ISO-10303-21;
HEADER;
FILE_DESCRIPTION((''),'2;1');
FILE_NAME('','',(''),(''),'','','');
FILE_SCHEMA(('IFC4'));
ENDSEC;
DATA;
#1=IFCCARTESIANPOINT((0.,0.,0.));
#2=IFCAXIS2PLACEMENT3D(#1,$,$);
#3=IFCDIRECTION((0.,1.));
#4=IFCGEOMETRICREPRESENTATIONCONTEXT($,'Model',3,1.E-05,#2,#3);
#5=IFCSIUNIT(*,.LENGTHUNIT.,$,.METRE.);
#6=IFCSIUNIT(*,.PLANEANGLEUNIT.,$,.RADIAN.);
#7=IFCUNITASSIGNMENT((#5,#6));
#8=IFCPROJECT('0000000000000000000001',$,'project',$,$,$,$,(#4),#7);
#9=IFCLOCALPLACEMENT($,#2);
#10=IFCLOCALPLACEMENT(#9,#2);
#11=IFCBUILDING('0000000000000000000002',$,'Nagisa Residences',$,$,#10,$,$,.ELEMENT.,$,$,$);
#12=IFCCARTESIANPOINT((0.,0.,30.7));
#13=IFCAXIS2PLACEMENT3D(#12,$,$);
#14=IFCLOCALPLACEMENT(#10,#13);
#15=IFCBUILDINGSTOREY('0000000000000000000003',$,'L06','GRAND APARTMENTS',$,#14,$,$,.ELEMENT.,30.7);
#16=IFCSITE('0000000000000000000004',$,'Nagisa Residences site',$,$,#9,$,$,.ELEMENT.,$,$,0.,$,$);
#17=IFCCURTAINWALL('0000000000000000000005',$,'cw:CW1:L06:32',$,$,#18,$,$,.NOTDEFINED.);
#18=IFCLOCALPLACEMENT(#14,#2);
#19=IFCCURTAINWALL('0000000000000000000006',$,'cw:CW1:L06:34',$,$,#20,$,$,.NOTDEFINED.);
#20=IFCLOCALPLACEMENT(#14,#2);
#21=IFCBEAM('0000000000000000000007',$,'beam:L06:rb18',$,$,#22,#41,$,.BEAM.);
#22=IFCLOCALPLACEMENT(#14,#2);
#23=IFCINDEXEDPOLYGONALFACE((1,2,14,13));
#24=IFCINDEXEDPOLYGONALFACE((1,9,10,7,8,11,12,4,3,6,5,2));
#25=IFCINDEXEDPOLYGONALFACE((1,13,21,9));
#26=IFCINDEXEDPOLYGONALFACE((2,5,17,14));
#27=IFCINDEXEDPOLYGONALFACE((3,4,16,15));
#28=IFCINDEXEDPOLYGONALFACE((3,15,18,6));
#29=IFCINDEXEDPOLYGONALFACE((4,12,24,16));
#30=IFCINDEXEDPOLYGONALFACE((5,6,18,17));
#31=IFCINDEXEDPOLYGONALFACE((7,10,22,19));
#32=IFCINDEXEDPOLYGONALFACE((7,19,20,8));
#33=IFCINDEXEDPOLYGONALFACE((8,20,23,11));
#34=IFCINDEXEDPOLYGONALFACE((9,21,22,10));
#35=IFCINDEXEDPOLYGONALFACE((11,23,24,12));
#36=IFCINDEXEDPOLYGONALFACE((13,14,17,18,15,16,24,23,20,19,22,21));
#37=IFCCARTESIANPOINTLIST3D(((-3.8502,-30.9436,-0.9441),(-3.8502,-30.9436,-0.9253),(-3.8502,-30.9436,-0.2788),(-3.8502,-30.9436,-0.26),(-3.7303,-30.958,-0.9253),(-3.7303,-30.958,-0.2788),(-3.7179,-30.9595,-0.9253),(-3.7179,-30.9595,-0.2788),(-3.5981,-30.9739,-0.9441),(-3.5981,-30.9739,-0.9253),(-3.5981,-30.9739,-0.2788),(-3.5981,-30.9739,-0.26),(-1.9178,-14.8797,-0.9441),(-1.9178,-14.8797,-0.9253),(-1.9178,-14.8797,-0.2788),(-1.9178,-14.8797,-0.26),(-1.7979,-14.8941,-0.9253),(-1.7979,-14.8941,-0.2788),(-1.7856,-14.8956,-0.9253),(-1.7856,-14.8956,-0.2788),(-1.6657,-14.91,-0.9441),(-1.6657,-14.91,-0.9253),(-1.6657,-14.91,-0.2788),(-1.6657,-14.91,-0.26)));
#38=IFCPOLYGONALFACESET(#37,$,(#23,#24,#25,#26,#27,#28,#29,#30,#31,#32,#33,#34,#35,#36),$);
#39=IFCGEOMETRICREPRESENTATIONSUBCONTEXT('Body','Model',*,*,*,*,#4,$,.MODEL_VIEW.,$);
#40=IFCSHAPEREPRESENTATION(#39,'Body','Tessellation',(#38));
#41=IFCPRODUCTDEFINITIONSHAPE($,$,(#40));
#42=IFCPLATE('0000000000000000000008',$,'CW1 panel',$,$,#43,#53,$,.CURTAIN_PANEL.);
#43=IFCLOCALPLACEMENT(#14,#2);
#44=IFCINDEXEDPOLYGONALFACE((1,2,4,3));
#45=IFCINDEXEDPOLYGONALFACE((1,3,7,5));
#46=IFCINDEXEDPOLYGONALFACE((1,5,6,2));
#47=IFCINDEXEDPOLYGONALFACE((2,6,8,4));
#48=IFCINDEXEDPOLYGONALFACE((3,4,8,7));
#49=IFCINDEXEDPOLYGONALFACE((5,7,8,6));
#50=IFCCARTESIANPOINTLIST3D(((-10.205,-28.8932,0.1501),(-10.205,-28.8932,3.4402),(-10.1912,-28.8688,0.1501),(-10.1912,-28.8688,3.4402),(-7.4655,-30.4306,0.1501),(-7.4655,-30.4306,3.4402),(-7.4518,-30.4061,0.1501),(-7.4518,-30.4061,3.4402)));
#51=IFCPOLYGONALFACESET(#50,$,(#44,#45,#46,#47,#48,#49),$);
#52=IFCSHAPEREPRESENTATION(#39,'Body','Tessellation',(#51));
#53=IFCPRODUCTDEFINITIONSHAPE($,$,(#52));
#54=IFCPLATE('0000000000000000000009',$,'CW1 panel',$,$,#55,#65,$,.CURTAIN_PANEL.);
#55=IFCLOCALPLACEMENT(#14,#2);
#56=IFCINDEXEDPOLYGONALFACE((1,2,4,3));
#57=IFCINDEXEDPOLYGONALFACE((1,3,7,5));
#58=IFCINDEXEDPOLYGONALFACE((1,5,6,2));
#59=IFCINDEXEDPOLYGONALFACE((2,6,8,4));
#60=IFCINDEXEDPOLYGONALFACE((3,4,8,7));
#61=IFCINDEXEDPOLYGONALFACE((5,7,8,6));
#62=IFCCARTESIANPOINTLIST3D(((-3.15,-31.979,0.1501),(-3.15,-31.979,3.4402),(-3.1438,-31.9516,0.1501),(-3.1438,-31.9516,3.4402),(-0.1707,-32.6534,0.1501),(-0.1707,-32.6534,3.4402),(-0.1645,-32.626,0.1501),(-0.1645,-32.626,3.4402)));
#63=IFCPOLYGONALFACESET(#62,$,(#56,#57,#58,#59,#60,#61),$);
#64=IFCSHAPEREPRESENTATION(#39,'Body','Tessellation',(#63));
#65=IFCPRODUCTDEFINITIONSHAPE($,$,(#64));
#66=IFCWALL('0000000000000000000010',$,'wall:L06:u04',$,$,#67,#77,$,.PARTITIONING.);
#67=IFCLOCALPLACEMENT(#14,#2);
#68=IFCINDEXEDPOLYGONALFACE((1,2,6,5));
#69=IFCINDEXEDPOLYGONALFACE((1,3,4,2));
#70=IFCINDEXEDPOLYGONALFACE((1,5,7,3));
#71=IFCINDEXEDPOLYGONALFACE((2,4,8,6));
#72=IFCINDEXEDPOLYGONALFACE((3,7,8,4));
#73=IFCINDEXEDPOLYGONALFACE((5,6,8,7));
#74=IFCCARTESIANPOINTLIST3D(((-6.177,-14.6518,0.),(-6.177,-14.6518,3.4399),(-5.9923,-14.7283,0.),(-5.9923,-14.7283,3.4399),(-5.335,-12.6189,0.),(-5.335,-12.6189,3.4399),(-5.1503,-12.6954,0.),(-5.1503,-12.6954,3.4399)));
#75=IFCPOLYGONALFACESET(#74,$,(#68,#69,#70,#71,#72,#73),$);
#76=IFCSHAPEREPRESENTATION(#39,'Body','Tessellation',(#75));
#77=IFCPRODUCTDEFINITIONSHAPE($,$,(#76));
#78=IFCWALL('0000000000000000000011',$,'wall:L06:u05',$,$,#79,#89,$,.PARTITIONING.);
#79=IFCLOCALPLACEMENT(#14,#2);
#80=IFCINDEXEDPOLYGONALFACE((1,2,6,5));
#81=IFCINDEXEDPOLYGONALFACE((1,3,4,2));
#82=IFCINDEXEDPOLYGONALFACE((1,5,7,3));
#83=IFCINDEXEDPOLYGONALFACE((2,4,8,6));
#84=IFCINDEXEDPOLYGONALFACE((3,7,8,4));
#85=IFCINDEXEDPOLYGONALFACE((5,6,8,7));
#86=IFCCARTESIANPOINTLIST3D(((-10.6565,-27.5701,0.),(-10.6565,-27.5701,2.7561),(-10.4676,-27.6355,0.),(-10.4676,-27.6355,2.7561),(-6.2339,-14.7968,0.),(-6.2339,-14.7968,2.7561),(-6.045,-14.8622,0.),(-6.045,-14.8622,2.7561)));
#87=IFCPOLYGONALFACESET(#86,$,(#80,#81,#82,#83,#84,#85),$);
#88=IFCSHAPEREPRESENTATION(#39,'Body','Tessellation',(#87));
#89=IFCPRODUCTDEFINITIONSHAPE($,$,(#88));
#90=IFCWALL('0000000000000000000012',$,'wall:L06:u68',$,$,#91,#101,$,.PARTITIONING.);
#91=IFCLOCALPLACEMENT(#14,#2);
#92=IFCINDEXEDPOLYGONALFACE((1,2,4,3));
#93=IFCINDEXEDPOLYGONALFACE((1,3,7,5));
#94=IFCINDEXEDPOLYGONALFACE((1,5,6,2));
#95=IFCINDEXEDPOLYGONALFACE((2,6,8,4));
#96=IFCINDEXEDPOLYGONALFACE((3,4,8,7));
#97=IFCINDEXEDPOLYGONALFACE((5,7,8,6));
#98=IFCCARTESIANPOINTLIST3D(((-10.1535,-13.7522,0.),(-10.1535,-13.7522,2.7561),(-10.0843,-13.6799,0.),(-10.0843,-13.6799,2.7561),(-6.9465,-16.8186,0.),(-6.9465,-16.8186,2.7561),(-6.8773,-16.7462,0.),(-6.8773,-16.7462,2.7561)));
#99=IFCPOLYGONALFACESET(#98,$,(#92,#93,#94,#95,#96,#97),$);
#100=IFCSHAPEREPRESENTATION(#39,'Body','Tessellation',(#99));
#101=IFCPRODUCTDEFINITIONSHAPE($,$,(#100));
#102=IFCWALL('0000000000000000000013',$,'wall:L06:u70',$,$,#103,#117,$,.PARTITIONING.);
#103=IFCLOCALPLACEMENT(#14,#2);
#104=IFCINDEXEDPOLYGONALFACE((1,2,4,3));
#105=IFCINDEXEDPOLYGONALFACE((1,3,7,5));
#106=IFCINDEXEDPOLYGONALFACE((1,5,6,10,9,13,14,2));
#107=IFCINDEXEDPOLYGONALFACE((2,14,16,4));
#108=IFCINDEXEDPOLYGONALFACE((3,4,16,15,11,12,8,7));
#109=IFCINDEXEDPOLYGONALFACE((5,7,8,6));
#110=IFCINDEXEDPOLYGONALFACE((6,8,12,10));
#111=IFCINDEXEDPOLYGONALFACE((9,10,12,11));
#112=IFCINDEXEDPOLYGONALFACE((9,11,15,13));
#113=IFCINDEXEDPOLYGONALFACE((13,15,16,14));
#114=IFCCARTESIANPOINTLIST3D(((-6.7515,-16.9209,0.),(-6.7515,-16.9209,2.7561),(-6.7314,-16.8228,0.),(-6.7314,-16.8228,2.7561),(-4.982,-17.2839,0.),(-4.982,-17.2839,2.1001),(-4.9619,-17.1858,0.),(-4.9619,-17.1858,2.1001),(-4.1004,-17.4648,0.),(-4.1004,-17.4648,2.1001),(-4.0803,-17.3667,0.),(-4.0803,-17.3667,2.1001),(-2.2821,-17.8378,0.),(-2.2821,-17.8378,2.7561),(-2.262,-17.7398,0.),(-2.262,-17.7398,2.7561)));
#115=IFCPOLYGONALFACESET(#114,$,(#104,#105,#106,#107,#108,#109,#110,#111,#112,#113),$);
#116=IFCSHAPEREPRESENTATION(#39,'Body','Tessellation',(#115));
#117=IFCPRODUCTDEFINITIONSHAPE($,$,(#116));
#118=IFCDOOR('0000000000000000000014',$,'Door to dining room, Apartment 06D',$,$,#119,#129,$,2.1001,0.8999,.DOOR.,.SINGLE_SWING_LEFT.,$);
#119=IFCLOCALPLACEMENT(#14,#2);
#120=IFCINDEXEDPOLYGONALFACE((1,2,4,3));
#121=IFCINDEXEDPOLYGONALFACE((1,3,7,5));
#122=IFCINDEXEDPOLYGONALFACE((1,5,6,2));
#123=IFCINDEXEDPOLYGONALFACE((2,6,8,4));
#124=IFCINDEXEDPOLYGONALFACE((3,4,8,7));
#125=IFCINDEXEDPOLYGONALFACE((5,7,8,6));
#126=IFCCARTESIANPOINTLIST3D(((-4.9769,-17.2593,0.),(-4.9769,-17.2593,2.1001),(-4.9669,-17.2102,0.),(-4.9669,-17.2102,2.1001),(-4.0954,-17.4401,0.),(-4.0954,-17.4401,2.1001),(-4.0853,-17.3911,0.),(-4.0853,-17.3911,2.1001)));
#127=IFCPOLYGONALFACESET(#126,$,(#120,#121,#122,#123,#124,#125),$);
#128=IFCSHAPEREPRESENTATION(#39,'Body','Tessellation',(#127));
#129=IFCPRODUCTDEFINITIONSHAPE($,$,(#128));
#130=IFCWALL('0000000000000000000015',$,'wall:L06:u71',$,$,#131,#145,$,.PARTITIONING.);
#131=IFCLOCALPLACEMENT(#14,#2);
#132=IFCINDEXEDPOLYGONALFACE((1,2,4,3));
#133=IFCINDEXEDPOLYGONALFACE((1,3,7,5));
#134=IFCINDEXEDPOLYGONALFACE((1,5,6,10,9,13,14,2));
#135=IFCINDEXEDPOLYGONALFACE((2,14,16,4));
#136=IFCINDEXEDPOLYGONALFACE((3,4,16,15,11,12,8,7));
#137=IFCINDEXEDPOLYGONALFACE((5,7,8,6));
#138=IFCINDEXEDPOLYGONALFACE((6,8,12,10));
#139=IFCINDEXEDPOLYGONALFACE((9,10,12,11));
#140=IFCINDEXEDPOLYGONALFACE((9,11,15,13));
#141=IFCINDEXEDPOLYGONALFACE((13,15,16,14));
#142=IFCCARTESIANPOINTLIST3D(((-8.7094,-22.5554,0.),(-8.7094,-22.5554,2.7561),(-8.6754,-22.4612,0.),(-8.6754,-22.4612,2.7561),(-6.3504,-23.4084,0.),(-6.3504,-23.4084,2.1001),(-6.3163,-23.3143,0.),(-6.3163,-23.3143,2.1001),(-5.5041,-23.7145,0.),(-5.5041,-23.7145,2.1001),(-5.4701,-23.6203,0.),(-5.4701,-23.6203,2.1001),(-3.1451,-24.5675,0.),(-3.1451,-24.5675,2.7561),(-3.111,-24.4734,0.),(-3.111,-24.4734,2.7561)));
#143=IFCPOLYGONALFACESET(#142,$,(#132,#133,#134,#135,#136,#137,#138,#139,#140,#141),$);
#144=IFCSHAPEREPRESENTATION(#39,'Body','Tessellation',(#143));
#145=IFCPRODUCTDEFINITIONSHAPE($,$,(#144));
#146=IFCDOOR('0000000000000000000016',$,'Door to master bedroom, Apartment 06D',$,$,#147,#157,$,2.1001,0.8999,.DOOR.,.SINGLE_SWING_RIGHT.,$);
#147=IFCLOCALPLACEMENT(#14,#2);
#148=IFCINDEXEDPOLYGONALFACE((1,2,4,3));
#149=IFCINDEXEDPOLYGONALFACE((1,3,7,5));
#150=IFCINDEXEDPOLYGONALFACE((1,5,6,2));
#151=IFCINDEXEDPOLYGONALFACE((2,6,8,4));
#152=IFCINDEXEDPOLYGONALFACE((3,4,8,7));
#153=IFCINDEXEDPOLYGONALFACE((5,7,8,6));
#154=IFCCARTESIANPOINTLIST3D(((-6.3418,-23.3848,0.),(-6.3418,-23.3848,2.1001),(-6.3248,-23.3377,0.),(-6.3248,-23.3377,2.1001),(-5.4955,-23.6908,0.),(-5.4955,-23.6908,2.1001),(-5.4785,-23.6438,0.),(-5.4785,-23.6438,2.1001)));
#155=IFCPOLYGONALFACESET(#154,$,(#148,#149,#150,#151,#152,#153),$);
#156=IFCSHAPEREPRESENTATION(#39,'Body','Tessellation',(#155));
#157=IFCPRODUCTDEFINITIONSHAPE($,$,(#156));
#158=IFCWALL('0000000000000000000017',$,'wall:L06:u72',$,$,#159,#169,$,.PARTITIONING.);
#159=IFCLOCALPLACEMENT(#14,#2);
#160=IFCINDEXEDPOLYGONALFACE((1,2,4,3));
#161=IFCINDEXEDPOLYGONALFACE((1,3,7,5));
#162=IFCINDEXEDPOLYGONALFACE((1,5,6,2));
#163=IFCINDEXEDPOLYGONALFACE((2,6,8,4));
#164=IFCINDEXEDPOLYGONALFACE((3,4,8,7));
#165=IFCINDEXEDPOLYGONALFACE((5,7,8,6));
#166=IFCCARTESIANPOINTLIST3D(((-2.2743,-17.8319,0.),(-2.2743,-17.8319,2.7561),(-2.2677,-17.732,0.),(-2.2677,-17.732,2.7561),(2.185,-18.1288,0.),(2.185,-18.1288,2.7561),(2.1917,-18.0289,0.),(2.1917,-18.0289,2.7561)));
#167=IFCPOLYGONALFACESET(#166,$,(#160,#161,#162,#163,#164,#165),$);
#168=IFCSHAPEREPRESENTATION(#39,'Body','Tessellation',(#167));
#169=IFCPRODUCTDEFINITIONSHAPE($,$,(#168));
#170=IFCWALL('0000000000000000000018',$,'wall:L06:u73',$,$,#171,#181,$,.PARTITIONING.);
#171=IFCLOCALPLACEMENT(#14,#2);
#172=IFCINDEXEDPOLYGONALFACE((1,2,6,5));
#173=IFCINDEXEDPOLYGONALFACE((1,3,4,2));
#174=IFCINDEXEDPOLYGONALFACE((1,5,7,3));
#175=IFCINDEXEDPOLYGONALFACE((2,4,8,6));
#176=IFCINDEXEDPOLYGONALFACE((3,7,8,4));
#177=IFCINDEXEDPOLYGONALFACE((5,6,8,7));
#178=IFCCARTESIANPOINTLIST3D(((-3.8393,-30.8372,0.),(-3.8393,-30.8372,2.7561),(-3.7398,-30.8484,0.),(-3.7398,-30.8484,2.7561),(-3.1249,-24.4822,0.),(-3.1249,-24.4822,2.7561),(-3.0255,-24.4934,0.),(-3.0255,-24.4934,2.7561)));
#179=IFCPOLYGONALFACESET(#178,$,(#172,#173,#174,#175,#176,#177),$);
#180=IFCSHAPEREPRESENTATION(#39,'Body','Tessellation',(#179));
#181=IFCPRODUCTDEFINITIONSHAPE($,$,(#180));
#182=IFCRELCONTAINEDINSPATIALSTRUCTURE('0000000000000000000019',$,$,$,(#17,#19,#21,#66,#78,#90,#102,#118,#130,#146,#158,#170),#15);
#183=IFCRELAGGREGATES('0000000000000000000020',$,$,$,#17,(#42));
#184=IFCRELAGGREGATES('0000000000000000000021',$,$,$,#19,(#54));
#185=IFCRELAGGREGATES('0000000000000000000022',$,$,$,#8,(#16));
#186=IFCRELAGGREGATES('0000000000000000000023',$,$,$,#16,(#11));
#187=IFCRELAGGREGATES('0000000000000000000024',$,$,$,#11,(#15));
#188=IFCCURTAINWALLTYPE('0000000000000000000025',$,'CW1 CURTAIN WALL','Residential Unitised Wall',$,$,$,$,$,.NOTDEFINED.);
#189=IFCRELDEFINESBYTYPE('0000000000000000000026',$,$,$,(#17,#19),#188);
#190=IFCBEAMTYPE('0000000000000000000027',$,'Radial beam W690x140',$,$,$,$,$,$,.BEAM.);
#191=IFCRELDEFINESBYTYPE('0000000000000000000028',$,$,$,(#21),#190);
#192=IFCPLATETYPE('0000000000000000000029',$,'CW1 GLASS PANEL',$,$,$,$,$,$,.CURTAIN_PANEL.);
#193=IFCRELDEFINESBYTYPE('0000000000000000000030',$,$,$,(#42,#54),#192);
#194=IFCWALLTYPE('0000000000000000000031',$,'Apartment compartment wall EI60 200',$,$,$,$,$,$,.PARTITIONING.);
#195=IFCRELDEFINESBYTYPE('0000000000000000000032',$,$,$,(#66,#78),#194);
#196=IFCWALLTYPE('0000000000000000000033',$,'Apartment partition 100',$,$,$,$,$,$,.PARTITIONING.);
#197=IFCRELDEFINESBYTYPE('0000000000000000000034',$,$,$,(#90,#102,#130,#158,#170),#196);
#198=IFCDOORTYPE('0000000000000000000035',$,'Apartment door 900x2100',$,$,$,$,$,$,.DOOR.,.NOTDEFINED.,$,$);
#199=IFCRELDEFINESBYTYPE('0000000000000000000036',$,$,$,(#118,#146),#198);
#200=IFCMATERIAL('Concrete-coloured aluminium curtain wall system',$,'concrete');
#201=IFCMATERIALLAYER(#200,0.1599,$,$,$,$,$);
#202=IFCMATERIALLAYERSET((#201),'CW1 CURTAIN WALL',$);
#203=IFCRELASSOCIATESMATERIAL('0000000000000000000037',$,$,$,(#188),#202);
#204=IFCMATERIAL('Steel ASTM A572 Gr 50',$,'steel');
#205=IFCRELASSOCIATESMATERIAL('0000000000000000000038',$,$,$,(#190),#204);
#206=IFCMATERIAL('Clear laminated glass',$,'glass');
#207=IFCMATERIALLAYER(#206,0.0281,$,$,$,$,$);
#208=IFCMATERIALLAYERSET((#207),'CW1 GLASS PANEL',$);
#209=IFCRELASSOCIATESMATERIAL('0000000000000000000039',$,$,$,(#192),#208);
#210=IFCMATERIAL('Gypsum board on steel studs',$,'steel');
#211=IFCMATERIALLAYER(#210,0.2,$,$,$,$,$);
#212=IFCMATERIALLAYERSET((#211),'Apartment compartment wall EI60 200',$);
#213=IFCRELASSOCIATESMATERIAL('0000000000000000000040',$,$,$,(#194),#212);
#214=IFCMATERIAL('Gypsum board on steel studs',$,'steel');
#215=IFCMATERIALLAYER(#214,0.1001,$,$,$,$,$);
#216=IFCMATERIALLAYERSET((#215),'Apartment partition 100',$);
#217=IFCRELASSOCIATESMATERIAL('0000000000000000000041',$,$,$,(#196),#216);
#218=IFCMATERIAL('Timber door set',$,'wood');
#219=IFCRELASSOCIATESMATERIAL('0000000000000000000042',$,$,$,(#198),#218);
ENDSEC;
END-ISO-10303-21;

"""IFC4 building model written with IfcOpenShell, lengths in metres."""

from ifc_helpers import new_model, si_unit, direction, frame, frame_2d, origin, origin_2d, place, context, subcontext, project, spatial, rectangle, i_section, extrude, material, layer, layer_set, material_profile, profile_set, type_object, element, fill, aggregate, save


model = new_model("IFC4")

# Units and contexts
model_context = context("Model", 3, precision=1e-05, world=origin(), true_north=direction((0.0, 1.0)))
body_context = subcontext(model_context, "Body", "Model", "MODEL_VIEW")
ifc_project = project(units=[si_unit("LENGTHUNIT", "METRE"), si_unit("PLANEANGLEUNIT", "RADIAN")], contexts=[model_context])

# Site, building, storey
site_placement = place(None, origin())
site = spatial("IfcSite", under=ifc_project, at=site_placement, Name="Nagisa Residences site", CompositionType="ELEMENT", RefElevation=0.0)
building_placement = place(site_placement, origin())
building = spatial("IfcBuilding", under=site, at=building_placement, Name="Nagisa Residences", CompositionType="ELEMENT")
storey_placement = place(building_placement, frame((0.0, 0.0, 30.7)))
storey = spatial("IfcBuildingStorey", under=building, at=storey_placement, Name="L06", Description="GRAND APARTMENTS", CompositionType="ELEMENT", Elevation=30.7)

# Curtain walls
ifc_material_1 = material(Name="Concrete-coloured aluminium curtain wall system", Category="concrete")
ifc_layer_1 = layer(ifc_material_1, 0.1599)
ifc_layer_set_1 = layer_set([ifc_layer_1], Name="CW1 CURTAIN WALL")
curtain_wall_type = type_object("IfcCurtainWallType", Name="CW1 CURTAIN WALL", Description="Residential Unitised Wall", PredefinedType="NOTDEFINED", material=ifc_layer_set_1)
curtain_wall_1_placement = place(storey_placement, origin())
curtain_wall_1 = element("IfcCurtainWall", 1, at=curtain_wall_1_placement, inside=storey, type_object=curtain_wall_type, Name="cw:CW1:L06:32", PredefinedType="NOTDEFINED")
curtain_wall_2_placement = place(storey_placement, origin())
curtain_wall_2 = element("IfcCurtainWall", 2, at=curtain_wall_2_placement, inside=storey, type_object=curtain_wall_type, Name="cw:CW1:L06:34", PredefinedType="NOTDEFINED")

# Beam
ifc_material_2 = material(Name="Steel ASTM A572 Gr 50", Category="steel")
ifc_material_profile_1 = material_profile(ifc_material_2, i_section(OverallWidth=0.2539, OverallDepth=0.6841, WebThickness=0.0125, FlangeThickness=0.0188, at=origin_2d()), Name="W690x140")
ifc_profile_set_1 = profile_set([ifc_material_profile_1], Name="Steel ASTM A572 Gr 50")
beam_type_1 = type_object("IfcBeamType", Name="Radial beam W690x140", PredefinedType="BEAM", material=ifc_profile_set_1)
beam_1_placement = place(storey_placement, frame((-3.7241, -30.9587, -0.6021), z_axis=(0.119431, 0.992842, 0.0), x_axis=(-0.992842, 0.119431, 0.0)))
element("IfcBeam", 3, at=beam_1_placement, inside=storey, type_object=beam_type_1, Name="beam:L06:rb18", PredefinedType="BEAM", context=body_context, shape_type="SweptSolid", body=[
    extrude(i_section(OverallWidth=0.2539, OverallDepth=0.6841, WebThickness=0.0125, FlangeThickness=0.0188, at=origin_2d()), origin(), (0.0, 0.0, 1.0), 16.1797),
])

# Plates
ifc_material_3 = material(Name="Clear laminated glass", Category="glass")
ifc_layer_2 = layer(ifc_material_3, 0.0281)
ifc_layer_set_2 = layer_set([ifc_layer_2], Name="CW1 GLASS PANEL")
plate_type = type_object("IfcPlateType", Name="CW1 GLASS PANEL", PredefinedType="CURTAIN_PANEL", material=ifc_layer_set_2)
plate_1_placement = place(storey_placement, frame((-8.8284, -29.6497, 0.1501), z_axis=(0.0, 0.0, 1.0), x_axis=(0.872072, -0.489377, 0.0)))
plate_1 = element("IfcPlate", 4, at=plate_1_placement, type_object=plate_type, Name="CW1 panel", PredefinedType="CURTAIN_PANEL", context=body_context, shape_type="SweptSolid", body=[
    extrude(rectangle(XDim=3.1414, YDim=0.0281, at=origin_2d()), origin(), (0.0, 0.0, 1.0), 3.29),
])
aggregate(curtain_wall_1, [plate_1])
plate_2_placement = place(storey_placement, frame((-1.6572, -32.3025, 0.1501), z_axis=(0.0, 0.0, 1.0), x_axis=(0.975327, -0.220764, 0.0)))
plate_2 = element("IfcPlate", 5, at=plate_2_placement, type_object=plate_type, Name="CW1 panel", PredefinedType="CURTAIN_PANEL", context=body_context, shape_type="SweptSolid", body=[
    extrude(rectangle(XDim=3.0547, YDim=0.0281, at=origin_2d()), origin(), (0.0, 0.0, 1.0), 3.29),
])
aggregate(curtain_wall_2, [plate_2])

# Walls
ifc_material_4 = material(Name="Gypsum board on steel studs", Category="steel")
ifc_layer_3 = layer(ifc_material_4, 0.2)
ifc_layer_set_3 = layer_set([ifc_layer_3], Name="Apartment compartment wall EI60 200")
wall_type_1 = type_object("IfcWallType", Name="Apartment compartment wall EI60 200", PredefinedType="PARTITIONING", material=ifc_layer_set_3)
wall_1_placement = place(storey_placement, frame((-5.2427, -12.6572, 0.0), z_axis=(0.0, 0.0, 1.0), x_axis=(-0.382669, -0.923886, 0.0)))
element("IfcWall", 6, at=wall_1_placement, inside=storey, type_object=wall_type_1, Name="wall:L06:u04", PredefinedType="PARTITIONING", context=body_context, shape_type="SweptSolid", body=[
    extrude(rectangle(XDim=2.2004, YDim=0.2, at=frame_2d((1.1001, 0.0))), origin(), (0.0, 0.0, 1.0), 3.4399),
])
wall_2_placement = place(storey_placement, frame((-6.1394, -14.8293, 0.0), z_axis=(0.0, 0.0, 1.0), x_axis=(-0.327179, -0.944962, 0.0)))
element("IfcWall", 7, at=wall_2_placement, inside=storey, type_object=wall_type_1, Name="wall:L06:u05", PredefinedType="PARTITIONING", context=body_context, shape_type="SweptSolid", body=[
    extrude(rectangle(XDim=13.5173, YDim=0.2, at=frame_2d((6.7588, 0.0))), origin(), (0.0, 0.0, 1.0), 2.7561),
])
ifc_material_5 = material(Name="Gypsum board on steel studs", Category="steel")
ifc_layer_4 = layer(ifc_material_5, 0.1001)
ifc_layer_set_4 = layer_set([ifc_layer_4], Name="Apartment partition 100")
wall_type_2 = type_object("IfcWallType", Name="Apartment partition 100", PredefinedType="PARTITIONING", material=ifc_layer_set_4)
wall_3_placement = place(storey_placement, frame((-10.1189, -13.7161, 0.0), z_axis=(0.0, 0.0, 1.0), x_axis=(0.722776, -0.691083, 0.0)))
element("IfcWall", 8, at=wall_3_placement, inside=storey, type_object=wall_type_2, Name="wall:L06:u68", PredefinedType="PARTITIONING", context=body_context, shape_type="SweptSolid", body=[
    extrude(rectangle(XDim=4.437, YDim=0.1001, at=frame_2d((2.2185, 0.0))), origin(), (0.0, 0.0, 1.0), 2.7561),
])

# Walls, openings, doors
wall_4_placement = place(storey_placement, frame((-6.7415, -16.8718, 0.0), z_axis=(0.0, 0.0, 1.0), x_axis=(0.979595, -0.200981, 0.0)))
wall_4 = element("IfcWall", 9, at=wall_4_placement, inside=storey, type_object=wall_type_2, Name="wall:L06:u70", PredefinedType="PARTITIONING", context=body_context, shape_type="SweptSolid", body=[
    extrude(rectangle(XDim=4.5625, YDim=0.1001, at=frame_2d((2.2812, 0.0))), origin(), (0.0, 0.0, 1.0), 2.7561),
])
opening_1_placement = place(wall_4_placement, frame((1.8064, 0.0, 0.0)))
opening_1 = element("IfcOpeningElement", 10, at=opening_1_placement, cuts=wall_4, PredefinedType="OPENING", context=body_context, shape_type="SweptSolid", body=[
    extrude(rectangle(XDim=0.8999, YDim=2.1001, at=frame_2d((0.45, 1.05))), frame((0.0, 0.0601, 0.0), z_axis=(0.0, -1.0, 0.0), x_axis=(1.0, 0.0, 0.0)), (0.0, 0.0, 1.0), 0.1201),
])
ifc_material_6 = material(Name="Timber door set", Category="wood")
door_type_1 = type_object("IfcDoorType", Name="Apartment door 900x2100", OperationType="NOTDEFINED", PredefinedType="DOOR", material=ifc_material_6)
door_1_placement = place(opening_1_placement, frame((0.8999, 0.0, 0.0), x_axis=(-1.0, 0.0, 0.0)))
door_1 = element("IfcDoor", 11, at=door_1_placement, inside=storey, type_object=door_type_1, Name="Door to dining room, Apartment 06D", OperationType="SINGLE_SWING_LEFT", OverallHeight=2.1001, OverallWidth=0.8999, PredefinedType="DOOR", context=body_context, shape_type="SweptSolid", body=[
    extrude(rectangle(XDim=0.8999, YDim=2.1001, at=frame_2d((0.45, 1.05))), frame((0.0, 0.0249, 0.0), z_axis=(0.0, -1.0, 0.0), x_axis=(1.0, 0.0, 0.0)), (0.0, 0.0, 1.0), 0.05),
])
fill(opening_1, door_1)
wall_5_placement = place(storey_placement, frame((-8.6924, -22.5083, 0.0), z_axis=(0.0, 0.0, 1.0), x_axis=(0.940401, -0.340066, 0.0)))
wall_5 = element("IfcWall", 12, at=wall_5_placement, inside=storey, type_object=wall_type_2, Name="wall:L06:u71", PredefinedType="PARTITIONING", context=body_context, shape_type="SweptSolid", body=[
    extrude(rectangle(XDim=5.917, YDim=0.1001, at=frame_2d((2.9585, 0.0))), origin(), (0.0, 0.0, 1.0), 2.7561),
])
opening_2_placement = place(wall_5_placement, frame((2.5085, 0.0, 0.0)))
opening_2 = element("IfcOpeningElement", 13, at=opening_2_placement, cuts=wall_5, PredefinedType="OPENING", context=body_context, shape_type="SweptSolid", body=[
    extrude(rectangle(XDim=0.8999, YDim=2.1001, at=frame_2d((0.45, 1.05))), frame((0.0, 0.0601, 0.0), z_axis=(0.0, -1.0, 0.0), x_axis=(1.0, 0.0, 0.0)), (0.0, 0.0, 1.0), 0.1201),
])
door_2_placement = place(opening_2_placement, frame((0.8999, 0.0, 0.0), x_axis=(-1.0, 0.0, 0.0)))
door_2 = element("IfcDoor", 14, at=door_2_placement, inside=storey, type_object=door_type_1, Name="Door to master bedroom, Apartment 06D", OperationType="SINGLE_SWING_RIGHT", OverallHeight=2.1001, OverallWidth=0.8999, PredefinedType="DOOR", context=body_context, shape_type="SweptSolid", body=[
    extrude(rectangle(XDim=0.8999, YDim=2.1001, at=frame_2d((0.45, 1.05))), frame((0.0, 0.0249, 0.0), z_axis=(0.0, -1.0, 0.0), x_axis=(1.0, 0.0, 0.0)), (0.0, 0.0, 1.0), 0.05),
])
fill(opening_2, door_2)

# Walls
wall_6_placement = place(storey_placement, frame((-2.271, -17.782, 0.0), z_axis=(0.0, 0.0, 1.0), x_axis=(0.997791, -0.066425, 0.0)))
element("IfcWall", 15, at=wall_6_placement, inside=storey, type_object=wall_type_2, Name="wall:L06:u72", PredefinedType="PARTITIONING", context=body_context, shape_type="SweptSolid", body=[
    extrude(rectangle(XDim=4.4692, YDim=0.1001, at=frame_2d((2.2346, 0.0))), origin(), (0.0, 0.0, 1.0), 2.7561),
])
wall_7_placement = place(storey_placement, frame((-3.0752, -24.4878, 0.0), z_axis=(0.0, 0.0, 1.0), x_axis=(-0.111705, -0.993741, 0.0)))
element("IfcWall", 16, at=wall_7_placement, inside=storey, type_object=wall_type_2, Name="wall:L06:u73", PredefinedType="PARTITIONING", context=body_context, shape_type="SweptSolid", body=[
    extrude(rectangle(XDim=6.395, YDim=0.1001, at=frame_2d((3.1975, 0.0))), origin(), (0.0, 0.0, 1.0), 2.7561),
])

save(model, "model.ifc")
